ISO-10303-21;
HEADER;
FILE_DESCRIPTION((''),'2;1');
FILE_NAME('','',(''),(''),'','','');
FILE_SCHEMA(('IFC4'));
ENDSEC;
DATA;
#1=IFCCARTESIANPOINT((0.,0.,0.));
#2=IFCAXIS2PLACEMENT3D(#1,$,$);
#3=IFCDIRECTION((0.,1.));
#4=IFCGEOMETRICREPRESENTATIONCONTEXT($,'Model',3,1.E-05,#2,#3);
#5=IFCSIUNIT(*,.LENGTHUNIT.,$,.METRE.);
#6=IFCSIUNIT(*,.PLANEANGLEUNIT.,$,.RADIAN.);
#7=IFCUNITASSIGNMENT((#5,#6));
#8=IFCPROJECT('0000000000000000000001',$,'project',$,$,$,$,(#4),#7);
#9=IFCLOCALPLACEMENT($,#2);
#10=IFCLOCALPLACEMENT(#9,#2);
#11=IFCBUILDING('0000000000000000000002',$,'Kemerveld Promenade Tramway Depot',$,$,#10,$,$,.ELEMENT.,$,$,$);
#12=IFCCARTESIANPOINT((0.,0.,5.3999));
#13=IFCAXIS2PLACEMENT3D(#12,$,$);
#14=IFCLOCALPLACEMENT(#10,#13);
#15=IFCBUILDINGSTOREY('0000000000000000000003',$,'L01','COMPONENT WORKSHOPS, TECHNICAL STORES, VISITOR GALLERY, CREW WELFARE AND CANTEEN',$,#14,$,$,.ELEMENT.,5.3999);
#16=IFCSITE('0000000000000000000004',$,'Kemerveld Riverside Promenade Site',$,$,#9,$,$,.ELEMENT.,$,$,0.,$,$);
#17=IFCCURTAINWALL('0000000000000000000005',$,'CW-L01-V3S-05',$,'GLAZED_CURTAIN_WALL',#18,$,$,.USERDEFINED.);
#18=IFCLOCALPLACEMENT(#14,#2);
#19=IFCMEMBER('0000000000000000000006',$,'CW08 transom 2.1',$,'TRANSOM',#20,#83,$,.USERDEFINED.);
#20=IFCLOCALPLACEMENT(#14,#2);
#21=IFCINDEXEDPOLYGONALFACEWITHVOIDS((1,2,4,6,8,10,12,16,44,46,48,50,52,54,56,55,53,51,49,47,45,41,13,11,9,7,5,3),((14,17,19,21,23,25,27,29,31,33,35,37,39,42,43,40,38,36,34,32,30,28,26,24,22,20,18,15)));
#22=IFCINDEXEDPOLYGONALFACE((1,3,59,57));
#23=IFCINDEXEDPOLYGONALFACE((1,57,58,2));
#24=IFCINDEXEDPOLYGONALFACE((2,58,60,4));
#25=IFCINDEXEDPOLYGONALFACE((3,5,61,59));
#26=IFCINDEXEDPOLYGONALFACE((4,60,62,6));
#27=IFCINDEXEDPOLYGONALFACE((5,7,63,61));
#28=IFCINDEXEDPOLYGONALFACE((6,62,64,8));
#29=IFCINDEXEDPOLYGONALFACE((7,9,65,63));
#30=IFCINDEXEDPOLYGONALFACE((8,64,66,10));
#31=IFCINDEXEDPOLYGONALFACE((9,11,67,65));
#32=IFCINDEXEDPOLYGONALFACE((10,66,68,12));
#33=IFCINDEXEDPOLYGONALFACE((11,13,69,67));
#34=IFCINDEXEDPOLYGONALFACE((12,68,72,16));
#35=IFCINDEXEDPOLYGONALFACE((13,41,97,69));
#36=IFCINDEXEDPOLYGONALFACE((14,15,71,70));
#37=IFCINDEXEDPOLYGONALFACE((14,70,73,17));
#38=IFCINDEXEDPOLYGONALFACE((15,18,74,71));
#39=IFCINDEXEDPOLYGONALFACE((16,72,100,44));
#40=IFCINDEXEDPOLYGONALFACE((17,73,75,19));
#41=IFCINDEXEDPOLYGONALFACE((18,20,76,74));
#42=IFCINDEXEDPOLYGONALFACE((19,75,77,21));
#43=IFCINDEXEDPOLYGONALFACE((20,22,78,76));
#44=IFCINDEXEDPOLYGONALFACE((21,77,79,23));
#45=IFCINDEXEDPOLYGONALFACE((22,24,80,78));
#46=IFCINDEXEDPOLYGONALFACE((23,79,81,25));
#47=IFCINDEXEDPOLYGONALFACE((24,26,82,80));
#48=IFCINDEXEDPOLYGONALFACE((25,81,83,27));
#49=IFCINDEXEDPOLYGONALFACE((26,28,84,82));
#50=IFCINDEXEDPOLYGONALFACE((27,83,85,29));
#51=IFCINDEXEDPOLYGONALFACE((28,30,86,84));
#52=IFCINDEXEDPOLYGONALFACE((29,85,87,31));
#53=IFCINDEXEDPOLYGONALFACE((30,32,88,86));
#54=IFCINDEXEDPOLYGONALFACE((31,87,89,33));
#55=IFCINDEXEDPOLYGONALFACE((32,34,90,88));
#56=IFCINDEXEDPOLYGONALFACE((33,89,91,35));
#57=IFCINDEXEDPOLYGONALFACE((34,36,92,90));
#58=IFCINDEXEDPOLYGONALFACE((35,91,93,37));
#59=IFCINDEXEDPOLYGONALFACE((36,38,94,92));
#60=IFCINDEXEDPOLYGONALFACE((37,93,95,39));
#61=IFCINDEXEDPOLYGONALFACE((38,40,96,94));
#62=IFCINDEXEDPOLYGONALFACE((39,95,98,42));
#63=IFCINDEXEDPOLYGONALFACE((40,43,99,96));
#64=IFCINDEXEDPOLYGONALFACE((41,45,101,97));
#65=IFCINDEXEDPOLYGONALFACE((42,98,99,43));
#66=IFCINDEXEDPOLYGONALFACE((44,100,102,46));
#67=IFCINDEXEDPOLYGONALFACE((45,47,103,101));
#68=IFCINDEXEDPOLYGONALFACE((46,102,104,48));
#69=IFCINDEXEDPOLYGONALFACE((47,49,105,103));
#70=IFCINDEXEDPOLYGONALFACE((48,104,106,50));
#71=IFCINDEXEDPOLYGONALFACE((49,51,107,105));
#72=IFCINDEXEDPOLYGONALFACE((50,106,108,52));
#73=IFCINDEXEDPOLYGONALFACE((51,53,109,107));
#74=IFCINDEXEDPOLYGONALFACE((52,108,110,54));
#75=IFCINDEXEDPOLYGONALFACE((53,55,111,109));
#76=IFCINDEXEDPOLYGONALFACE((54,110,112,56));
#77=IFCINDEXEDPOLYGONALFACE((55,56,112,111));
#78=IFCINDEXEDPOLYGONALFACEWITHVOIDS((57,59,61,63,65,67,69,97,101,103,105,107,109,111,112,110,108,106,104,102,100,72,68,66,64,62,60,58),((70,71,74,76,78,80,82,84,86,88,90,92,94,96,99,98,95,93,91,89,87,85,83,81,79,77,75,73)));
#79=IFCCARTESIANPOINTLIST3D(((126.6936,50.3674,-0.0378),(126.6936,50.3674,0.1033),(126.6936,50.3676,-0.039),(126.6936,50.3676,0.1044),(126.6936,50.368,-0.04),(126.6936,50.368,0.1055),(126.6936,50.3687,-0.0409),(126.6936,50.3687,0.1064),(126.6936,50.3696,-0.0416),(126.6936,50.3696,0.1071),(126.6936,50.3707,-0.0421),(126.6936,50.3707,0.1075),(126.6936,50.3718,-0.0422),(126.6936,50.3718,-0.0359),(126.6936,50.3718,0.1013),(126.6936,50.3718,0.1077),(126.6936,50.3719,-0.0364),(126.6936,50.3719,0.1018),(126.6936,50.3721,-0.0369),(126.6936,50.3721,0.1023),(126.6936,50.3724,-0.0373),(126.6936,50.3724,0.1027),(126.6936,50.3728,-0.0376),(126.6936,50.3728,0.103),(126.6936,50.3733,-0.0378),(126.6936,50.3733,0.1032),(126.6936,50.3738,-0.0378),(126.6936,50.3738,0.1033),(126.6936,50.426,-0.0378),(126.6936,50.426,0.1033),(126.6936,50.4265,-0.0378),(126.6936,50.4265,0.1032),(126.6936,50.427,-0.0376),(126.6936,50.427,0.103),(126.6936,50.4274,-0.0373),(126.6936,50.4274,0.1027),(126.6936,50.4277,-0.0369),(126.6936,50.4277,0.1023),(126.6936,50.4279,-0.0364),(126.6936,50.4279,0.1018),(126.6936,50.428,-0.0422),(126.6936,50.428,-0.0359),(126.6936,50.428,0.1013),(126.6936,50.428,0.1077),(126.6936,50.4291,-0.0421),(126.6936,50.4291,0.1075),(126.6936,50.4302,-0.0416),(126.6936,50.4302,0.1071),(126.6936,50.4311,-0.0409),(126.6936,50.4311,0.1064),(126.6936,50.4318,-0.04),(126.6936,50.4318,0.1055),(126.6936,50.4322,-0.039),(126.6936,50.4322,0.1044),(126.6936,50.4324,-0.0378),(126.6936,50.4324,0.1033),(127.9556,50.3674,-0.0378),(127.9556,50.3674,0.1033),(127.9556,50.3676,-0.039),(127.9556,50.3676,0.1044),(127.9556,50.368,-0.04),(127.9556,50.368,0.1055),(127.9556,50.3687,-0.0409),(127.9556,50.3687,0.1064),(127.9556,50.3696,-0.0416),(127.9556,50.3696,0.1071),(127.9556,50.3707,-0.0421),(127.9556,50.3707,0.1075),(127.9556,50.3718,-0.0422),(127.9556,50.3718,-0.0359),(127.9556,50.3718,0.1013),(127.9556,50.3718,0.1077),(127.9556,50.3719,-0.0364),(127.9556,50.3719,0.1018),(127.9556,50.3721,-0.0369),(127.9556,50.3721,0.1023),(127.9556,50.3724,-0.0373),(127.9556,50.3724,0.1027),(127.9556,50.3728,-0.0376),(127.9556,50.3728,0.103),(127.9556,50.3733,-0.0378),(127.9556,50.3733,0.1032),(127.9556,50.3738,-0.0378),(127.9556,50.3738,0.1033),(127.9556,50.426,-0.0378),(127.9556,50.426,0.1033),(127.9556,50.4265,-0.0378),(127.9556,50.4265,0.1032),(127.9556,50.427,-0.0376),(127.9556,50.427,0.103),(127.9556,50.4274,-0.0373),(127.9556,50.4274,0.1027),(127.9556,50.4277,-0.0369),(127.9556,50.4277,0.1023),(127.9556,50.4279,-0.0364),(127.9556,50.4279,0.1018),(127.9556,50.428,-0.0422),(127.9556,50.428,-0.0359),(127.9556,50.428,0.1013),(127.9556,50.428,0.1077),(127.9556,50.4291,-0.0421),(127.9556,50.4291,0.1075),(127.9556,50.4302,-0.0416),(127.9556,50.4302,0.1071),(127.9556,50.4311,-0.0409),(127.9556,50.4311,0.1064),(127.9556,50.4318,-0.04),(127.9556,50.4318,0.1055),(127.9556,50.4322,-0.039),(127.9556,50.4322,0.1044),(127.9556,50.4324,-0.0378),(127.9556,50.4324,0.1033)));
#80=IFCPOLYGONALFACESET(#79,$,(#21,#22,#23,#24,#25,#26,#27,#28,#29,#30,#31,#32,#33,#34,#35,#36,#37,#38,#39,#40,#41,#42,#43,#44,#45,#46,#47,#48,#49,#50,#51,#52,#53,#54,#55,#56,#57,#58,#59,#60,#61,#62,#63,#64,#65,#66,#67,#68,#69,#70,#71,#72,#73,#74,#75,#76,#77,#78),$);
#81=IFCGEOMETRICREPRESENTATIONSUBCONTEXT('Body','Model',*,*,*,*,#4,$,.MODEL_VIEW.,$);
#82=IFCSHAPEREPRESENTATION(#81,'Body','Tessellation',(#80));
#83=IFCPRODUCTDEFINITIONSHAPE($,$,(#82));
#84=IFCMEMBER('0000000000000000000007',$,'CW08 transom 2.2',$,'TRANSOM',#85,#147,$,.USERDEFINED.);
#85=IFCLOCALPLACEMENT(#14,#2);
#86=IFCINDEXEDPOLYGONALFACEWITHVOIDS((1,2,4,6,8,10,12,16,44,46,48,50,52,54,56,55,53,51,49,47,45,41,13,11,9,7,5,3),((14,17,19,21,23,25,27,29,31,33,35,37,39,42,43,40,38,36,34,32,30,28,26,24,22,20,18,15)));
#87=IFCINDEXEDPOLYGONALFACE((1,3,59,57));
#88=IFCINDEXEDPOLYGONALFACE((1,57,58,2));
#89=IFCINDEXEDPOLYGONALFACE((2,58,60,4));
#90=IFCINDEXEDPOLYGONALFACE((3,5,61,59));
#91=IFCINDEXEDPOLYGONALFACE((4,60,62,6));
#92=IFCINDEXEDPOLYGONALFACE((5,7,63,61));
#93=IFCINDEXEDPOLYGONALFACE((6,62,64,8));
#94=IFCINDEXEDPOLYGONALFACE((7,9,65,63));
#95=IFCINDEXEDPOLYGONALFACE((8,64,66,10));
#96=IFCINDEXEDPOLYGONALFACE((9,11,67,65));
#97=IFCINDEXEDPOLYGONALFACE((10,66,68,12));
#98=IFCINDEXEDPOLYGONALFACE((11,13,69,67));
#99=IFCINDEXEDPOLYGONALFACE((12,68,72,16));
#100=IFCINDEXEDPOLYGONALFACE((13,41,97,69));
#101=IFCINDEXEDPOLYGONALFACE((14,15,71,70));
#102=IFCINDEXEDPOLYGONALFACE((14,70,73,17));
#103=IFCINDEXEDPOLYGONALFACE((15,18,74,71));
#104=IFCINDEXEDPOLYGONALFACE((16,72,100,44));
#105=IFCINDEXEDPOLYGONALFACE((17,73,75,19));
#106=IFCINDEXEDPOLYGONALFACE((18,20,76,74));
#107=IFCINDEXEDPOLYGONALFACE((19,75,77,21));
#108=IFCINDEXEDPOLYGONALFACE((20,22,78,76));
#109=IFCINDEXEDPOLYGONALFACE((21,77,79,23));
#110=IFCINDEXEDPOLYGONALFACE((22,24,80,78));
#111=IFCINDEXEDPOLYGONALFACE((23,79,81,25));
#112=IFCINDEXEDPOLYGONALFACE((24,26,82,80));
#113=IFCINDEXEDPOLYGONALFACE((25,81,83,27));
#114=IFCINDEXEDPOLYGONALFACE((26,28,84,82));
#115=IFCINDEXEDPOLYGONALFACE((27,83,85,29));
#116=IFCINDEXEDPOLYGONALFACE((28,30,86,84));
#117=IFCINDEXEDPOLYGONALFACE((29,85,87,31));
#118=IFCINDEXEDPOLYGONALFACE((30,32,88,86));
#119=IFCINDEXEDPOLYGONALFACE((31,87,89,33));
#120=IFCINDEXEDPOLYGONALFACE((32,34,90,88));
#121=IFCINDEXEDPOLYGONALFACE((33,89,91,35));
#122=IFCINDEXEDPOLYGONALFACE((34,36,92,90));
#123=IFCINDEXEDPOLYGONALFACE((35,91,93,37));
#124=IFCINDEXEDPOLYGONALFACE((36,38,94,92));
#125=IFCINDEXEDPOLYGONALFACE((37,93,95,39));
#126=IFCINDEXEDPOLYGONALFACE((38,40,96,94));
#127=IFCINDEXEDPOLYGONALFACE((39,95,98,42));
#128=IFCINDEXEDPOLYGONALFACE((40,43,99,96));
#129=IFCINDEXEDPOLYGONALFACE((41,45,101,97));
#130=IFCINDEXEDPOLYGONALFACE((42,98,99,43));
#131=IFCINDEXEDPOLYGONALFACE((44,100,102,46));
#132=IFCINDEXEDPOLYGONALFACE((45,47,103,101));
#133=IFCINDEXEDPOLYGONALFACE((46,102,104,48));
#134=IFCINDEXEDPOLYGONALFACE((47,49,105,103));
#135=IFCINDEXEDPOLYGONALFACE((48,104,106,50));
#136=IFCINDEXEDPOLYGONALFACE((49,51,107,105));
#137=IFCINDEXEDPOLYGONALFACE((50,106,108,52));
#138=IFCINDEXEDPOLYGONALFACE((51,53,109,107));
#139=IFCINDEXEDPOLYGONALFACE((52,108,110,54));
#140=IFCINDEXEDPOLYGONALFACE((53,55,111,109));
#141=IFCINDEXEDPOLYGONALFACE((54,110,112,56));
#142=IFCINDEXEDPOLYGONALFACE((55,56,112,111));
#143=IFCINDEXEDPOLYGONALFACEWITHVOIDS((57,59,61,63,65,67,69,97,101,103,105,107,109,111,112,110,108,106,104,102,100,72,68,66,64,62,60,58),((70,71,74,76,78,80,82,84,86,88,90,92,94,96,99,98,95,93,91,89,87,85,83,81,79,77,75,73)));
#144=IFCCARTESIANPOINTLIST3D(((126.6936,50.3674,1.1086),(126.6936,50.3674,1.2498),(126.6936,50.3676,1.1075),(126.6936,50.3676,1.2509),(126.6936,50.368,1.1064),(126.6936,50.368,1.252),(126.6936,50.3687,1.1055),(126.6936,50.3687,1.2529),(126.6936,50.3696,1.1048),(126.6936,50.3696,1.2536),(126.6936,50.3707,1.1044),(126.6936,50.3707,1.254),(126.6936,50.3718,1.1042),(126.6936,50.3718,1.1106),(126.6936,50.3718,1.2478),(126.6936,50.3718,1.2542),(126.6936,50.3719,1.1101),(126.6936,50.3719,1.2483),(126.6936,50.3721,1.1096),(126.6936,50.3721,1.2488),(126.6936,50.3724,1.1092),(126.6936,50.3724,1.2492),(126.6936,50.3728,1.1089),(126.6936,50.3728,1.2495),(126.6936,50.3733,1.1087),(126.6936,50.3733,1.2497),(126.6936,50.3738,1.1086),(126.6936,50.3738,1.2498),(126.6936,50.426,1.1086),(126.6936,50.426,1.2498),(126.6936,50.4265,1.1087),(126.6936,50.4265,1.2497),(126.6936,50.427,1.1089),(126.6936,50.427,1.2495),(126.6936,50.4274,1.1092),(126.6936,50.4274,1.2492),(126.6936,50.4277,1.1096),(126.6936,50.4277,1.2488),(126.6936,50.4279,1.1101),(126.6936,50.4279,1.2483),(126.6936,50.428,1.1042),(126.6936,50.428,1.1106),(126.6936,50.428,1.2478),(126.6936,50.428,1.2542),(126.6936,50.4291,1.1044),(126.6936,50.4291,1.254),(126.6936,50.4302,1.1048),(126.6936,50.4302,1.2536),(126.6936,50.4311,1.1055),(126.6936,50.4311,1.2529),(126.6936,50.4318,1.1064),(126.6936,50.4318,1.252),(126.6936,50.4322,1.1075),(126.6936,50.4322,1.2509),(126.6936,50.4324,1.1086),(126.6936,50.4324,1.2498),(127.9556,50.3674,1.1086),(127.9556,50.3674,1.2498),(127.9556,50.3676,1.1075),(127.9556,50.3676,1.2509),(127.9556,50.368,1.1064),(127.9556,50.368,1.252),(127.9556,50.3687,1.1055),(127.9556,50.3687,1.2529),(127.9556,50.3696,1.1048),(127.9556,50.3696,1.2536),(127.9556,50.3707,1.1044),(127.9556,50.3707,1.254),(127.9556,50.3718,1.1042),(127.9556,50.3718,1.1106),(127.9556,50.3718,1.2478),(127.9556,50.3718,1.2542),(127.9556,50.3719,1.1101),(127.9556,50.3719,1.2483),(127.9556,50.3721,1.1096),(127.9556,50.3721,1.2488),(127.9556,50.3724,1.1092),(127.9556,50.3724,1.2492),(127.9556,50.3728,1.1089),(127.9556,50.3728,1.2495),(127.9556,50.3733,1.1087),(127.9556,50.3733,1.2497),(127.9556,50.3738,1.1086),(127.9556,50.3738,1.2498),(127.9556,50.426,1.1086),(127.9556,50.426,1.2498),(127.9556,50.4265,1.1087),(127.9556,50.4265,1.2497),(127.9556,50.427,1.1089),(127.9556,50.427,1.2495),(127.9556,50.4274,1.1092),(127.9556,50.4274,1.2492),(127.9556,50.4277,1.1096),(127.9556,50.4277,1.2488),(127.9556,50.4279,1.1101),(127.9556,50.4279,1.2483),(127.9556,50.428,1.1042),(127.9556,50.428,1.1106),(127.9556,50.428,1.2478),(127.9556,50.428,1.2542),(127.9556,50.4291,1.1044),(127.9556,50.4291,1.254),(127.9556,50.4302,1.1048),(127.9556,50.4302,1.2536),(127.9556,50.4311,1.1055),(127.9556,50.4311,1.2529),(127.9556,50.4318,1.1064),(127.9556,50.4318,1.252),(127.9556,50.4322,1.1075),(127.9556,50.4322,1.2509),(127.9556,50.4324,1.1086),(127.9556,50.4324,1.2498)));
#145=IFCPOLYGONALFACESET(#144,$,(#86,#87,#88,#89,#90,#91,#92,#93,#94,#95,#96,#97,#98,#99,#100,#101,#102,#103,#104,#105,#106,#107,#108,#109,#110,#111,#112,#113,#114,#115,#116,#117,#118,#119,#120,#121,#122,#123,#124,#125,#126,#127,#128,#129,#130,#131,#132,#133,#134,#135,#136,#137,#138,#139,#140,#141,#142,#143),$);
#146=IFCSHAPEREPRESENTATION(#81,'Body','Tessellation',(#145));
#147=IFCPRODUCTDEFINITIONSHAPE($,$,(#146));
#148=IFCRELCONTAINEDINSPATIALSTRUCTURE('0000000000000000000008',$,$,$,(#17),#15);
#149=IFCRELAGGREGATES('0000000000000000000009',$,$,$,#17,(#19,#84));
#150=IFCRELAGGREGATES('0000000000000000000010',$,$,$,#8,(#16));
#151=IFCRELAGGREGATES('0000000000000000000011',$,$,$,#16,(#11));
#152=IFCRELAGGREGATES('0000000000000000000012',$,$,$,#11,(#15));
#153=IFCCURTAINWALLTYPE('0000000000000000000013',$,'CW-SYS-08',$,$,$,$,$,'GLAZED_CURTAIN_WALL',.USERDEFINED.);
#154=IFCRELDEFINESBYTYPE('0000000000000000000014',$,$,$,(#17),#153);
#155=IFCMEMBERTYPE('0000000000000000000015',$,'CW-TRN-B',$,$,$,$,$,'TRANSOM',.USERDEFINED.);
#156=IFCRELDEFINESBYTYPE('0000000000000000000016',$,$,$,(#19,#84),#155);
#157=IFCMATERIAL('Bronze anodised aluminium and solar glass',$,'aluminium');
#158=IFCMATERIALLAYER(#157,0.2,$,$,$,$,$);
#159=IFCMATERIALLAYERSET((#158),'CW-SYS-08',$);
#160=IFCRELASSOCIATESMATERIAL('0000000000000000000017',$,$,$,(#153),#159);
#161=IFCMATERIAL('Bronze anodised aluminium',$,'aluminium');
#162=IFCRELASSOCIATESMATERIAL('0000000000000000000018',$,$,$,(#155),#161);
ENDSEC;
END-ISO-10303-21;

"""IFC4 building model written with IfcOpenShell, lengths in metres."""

from ifc_helpers import new_model, si_unit, direction, frame, origin, origin_2d, place, context, subcontext, project, spatial, hollow_rectangle, extrude, material, layer, layer_set, material_profile, profile_set, type_object, element, aggregate, save


model = new_model("IFC4")

# Units and contexts
model_context = context("Model", 3, precision=1e-05, world=origin(), true_north=direction((0.0, 1.0)))
body_context = subcontext(model_context, "Body", "Model", "MODEL_VIEW")
ifc_project = project(units=[si_unit("LENGTHUNIT", "METRE"), si_unit("PLANEANGLEUNIT", "RADIAN")], contexts=[model_context])

# Site, building, storey
site_placement = place(None, origin())
site = spatial("IfcSite", under=ifc_project, at=site_placement, Name="Kemerveld Riverside Promenade Site", CompositionType="ELEMENT", RefElevation=0.0)
building_placement = place(site_placement, origin())
building = spatial("IfcBuilding", under=site, at=building_placement, Name="Kemerveld Promenade Tramway Depot", CompositionType="ELEMENT")
storey_placement = place(building_placement, frame((0.0, 0.0, 5.3999)))
storey = spatial("IfcBuildingStorey", under=building, at=storey_placement, Name="L01", Description="COMPONENT WORKSHOPS, TECHNICAL STORES, VISITOR GALLERY, CREW WELFARE AND CANTEEN", CompositionType="ELEMENT", Elevation=5.3999)

# Curtain wall, members
ifc_material_1 = material(Name="Bronze anodised aluminium and solar glass", Category="aluminium")
ifc_layer_1 = layer(ifc_material_1, 0.2)
ifc_layer_set_1 = layer_set([ifc_layer_1], Name="CW-SYS-08")
curtain_wall_type = type_object("IfcCurtainWallType", Name="CW-SYS-08", ElementType="GLAZED_CURTAIN_WALL", PredefinedType="USERDEFINED", material=ifc_layer_set_1)
curtain_wall_placement = place(storey_placement, origin())
curtain_wall = element("IfcCurtainWall", 1, at=curtain_wall_placement, inside=storey, type_object=curtain_wall_type, Name="CW-L01-V3S-05", ObjectType="GLAZED_CURTAIN_WALL", PredefinedType="USERDEFINED")
ifc_material_2 = material(Name="Bronze anodised aluminium", Category="aluminium")
ifc_material_profile_1 = material_profile(ifc_material_2, hollow_rectangle(XDim=0.0649, YDim=0.1499, WallThickness=0.0044, InnerFilletRadius=0.002, OuterFilletRadius=0.0044, at=origin_2d()), Name="CW-TRN-150x65")
ifc_profile_set_1 = profile_set([ifc_material_profile_1], Name="Bronze anodised aluminium")
member_type_1 = type_object("IfcMemberType", Name="CW-TRN-B", ElementType="TRANSOM", PredefinedType="USERDEFINED", material=ifc_profile_set_1)
member_1_placement = place(storey_placement, frame((127.9556, 50.3999, 0.0327), z_axis=(-1.0, 0.0, 0.0), x_axis=(0.0, -1.0, 0.0)))
member_1 = element("IfcMember", 2, at=member_1_placement, type_object=member_type_1, Name="CW08 transom 2.1", ObjectType="TRANSOM", PredefinedType="USERDEFINED", context=body_context, shape_type="SweptSolid", body=[
    extrude(hollow_rectangle(XDim=0.0649, YDim=0.1499, WallThickness=0.0044, InnerFilletRadius=0.002, OuterFilletRadius=0.0044, at=origin_2d()), origin(), (0.0, 0.0, 1.0), 1.262),
])
member_2_placement = place(storey_placement, frame((127.9556, 50.3999, 1.1792), z_axis=(-1.0, 0.0, 0.0), x_axis=(0.0, -1.0, 0.0)))
member_2 = element("IfcMember", 3, at=member_2_placement, type_object=member_type_1, Name="CW08 transom 2.2", ObjectType="TRANSOM", PredefinedType="USERDEFINED", context=body_context, shape_type="SweptSolid", body=[
    extrude(hollow_rectangle(XDim=0.0649, YDim=0.1499, WallThickness=0.0044, InnerFilletRadius=0.002, OuterFilletRadius=0.0044, at=origin_2d()), origin(), (0.0, 0.0, 1.0), 1.262),
])
aggregate(curtain_wall, [member_1, member_2])

save(model, "model.ifc")
